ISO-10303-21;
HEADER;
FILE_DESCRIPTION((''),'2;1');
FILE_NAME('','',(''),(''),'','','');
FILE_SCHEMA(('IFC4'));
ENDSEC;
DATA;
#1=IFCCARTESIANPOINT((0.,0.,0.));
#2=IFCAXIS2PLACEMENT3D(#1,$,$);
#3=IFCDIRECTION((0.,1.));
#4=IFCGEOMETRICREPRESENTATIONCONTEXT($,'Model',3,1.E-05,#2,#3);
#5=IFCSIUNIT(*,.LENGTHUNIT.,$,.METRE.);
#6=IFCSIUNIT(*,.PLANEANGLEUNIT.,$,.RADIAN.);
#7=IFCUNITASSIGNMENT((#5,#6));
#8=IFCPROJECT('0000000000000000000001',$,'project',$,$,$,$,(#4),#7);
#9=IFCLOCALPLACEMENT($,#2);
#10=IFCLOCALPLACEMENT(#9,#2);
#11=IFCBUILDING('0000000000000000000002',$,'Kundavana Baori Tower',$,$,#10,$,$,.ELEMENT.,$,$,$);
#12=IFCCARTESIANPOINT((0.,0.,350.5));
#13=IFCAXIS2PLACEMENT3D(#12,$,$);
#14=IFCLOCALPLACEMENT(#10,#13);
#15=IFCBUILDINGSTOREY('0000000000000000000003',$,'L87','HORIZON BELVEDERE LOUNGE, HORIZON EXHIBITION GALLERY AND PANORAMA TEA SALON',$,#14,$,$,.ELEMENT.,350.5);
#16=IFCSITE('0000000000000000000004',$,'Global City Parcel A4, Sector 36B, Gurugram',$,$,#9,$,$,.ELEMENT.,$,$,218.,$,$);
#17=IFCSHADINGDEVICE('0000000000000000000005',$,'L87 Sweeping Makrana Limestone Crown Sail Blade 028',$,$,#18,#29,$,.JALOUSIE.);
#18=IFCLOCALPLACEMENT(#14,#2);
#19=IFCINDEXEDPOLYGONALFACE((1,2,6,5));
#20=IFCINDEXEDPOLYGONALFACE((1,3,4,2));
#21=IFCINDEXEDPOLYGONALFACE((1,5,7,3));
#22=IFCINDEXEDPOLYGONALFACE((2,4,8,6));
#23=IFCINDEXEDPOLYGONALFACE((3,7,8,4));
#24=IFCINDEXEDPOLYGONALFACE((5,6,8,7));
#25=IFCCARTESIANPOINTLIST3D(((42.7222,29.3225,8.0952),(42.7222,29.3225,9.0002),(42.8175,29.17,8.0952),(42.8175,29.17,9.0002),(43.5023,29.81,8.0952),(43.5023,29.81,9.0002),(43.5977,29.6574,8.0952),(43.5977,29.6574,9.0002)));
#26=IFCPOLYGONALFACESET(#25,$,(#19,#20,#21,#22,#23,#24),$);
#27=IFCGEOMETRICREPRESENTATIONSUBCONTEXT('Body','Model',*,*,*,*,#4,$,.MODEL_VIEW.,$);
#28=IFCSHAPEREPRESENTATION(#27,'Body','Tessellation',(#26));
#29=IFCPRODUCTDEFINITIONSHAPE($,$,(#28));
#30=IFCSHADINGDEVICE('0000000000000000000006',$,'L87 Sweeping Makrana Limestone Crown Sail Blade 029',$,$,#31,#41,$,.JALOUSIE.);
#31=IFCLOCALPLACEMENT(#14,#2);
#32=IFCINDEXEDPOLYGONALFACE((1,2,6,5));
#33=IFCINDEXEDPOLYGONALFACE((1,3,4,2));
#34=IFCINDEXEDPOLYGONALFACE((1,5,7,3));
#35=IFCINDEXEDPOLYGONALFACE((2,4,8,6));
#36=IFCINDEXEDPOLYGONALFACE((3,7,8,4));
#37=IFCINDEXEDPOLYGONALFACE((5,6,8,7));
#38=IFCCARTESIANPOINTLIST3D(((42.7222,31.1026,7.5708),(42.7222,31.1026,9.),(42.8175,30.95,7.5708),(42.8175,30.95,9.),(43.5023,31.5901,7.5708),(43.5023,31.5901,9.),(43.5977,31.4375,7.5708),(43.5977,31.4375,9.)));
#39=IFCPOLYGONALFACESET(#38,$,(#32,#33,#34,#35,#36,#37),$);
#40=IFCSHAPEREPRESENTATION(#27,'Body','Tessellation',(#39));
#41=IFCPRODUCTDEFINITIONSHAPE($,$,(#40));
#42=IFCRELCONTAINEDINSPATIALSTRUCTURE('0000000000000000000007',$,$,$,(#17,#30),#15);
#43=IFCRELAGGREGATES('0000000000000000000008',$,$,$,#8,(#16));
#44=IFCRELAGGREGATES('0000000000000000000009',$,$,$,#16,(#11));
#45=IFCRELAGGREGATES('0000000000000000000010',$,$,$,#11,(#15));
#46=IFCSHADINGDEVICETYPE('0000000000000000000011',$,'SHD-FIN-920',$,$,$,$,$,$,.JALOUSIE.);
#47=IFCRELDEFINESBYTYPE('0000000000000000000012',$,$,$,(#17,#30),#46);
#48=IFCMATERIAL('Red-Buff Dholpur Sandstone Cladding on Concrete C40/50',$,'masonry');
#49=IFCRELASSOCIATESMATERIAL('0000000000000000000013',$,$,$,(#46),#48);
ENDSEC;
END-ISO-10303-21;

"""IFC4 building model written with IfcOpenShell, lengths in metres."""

from ifc_helpers import new_model, si_unit, direction, frame, origin, origin_2d, place, context, subcontext, project, spatial, rectangle, extrude, material, type_object, element, save


model = new_model("IFC4")

# Units and contexts
model_context = context("Model", 3, precision=1e-05, world=origin(), true_north=direction((0.0, 1.0)))
body_context = subcontext(model_context, "Body", "Model", "MODEL_VIEW")
ifc_project = project(units=[si_unit("LENGTHUNIT", "METRE"), si_unit("PLANEANGLEUNIT", "RADIAN")], contexts=[model_context])

# Site, building, storey
site_placement = place(None, origin())
site = spatial("IfcSite", under=ifc_project, at=site_placement, Name="Global City Parcel A4, Sector 36B, Gurugram", CompositionType="ELEMENT", RefElevation=218.0)
building_placement = place(site_placement, origin())
building = spatial("IfcBuilding", under=site, at=building_placement, Name="Kundavana Baori Tower", CompositionType="ELEMENT")
storey_placement = place(building_placement, frame((0.0, 0.0, 350.5)))
storey = spatial("IfcBuildingStorey", under=building, at=storey_placement, Name="L87", Description="HORIZON BELVEDERE LOUNGE, HORIZON EXHIBITION GALLERY AND PANORAMA TEA SALON", CompositionType="ELEMENT", Elevation=350.5)

# Shading devices
ifc_material_1 = material(Name="Red-Buff Dholpur Sandstone Cladding on Concrete C40/50", Category="masonry")
shading_device_type = type_object("IfcShadingDeviceType", Name="SHD-FIN-920", PredefinedType="JALOUSIE", material=ifc_material_1)
shading_device_1_placement = place(storey_placement, frame((43.1599, 29.49, 8.0952), z_axis=(0.0, 0.0, 1.0), x_axis=(-0.529919, 0.848048, 0.0)))
element("IfcShadingDevice", 1, at=shading_device_1_placement, inside=storey, type_object=shading_device_type, Name="L87 Sweeping Makrana Limestone Crown Sail Blade 028", PredefinedType="JALOUSIE", context=body_context, shape_type="SweptSolid", body=[
    extrude(rectangle(XDim=0.1799, YDim=0.9199, at=origin_2d()), origin(), (0.0, 0.0, 1.0), 0.905),
])
shading_device_2_placement = place(storey_placement, frame((43.1599, 31.27, 7.5708), z_axis=(0.0, 0.0, 1.0), x_axis=(-0.529919, 0.848048, 0.0)))
element("IfcShadingDevice", 2, at=shading_device_2_placement, inside=storey, type_object=shading_device_type, Name="L87 Sweeping Makrana Limestone Crown Sail Blade 029", PredefinedType="JALOUSIE", context=body_context, shape_type="SweptSolid", body=[
    extrude(rectangle(XDim=0.1799, YDim=0.9199, at=origin_2d()), origin(), (0.0, 0.0, 1.0), 1.4292),
])

save(model, "model.ifc")
